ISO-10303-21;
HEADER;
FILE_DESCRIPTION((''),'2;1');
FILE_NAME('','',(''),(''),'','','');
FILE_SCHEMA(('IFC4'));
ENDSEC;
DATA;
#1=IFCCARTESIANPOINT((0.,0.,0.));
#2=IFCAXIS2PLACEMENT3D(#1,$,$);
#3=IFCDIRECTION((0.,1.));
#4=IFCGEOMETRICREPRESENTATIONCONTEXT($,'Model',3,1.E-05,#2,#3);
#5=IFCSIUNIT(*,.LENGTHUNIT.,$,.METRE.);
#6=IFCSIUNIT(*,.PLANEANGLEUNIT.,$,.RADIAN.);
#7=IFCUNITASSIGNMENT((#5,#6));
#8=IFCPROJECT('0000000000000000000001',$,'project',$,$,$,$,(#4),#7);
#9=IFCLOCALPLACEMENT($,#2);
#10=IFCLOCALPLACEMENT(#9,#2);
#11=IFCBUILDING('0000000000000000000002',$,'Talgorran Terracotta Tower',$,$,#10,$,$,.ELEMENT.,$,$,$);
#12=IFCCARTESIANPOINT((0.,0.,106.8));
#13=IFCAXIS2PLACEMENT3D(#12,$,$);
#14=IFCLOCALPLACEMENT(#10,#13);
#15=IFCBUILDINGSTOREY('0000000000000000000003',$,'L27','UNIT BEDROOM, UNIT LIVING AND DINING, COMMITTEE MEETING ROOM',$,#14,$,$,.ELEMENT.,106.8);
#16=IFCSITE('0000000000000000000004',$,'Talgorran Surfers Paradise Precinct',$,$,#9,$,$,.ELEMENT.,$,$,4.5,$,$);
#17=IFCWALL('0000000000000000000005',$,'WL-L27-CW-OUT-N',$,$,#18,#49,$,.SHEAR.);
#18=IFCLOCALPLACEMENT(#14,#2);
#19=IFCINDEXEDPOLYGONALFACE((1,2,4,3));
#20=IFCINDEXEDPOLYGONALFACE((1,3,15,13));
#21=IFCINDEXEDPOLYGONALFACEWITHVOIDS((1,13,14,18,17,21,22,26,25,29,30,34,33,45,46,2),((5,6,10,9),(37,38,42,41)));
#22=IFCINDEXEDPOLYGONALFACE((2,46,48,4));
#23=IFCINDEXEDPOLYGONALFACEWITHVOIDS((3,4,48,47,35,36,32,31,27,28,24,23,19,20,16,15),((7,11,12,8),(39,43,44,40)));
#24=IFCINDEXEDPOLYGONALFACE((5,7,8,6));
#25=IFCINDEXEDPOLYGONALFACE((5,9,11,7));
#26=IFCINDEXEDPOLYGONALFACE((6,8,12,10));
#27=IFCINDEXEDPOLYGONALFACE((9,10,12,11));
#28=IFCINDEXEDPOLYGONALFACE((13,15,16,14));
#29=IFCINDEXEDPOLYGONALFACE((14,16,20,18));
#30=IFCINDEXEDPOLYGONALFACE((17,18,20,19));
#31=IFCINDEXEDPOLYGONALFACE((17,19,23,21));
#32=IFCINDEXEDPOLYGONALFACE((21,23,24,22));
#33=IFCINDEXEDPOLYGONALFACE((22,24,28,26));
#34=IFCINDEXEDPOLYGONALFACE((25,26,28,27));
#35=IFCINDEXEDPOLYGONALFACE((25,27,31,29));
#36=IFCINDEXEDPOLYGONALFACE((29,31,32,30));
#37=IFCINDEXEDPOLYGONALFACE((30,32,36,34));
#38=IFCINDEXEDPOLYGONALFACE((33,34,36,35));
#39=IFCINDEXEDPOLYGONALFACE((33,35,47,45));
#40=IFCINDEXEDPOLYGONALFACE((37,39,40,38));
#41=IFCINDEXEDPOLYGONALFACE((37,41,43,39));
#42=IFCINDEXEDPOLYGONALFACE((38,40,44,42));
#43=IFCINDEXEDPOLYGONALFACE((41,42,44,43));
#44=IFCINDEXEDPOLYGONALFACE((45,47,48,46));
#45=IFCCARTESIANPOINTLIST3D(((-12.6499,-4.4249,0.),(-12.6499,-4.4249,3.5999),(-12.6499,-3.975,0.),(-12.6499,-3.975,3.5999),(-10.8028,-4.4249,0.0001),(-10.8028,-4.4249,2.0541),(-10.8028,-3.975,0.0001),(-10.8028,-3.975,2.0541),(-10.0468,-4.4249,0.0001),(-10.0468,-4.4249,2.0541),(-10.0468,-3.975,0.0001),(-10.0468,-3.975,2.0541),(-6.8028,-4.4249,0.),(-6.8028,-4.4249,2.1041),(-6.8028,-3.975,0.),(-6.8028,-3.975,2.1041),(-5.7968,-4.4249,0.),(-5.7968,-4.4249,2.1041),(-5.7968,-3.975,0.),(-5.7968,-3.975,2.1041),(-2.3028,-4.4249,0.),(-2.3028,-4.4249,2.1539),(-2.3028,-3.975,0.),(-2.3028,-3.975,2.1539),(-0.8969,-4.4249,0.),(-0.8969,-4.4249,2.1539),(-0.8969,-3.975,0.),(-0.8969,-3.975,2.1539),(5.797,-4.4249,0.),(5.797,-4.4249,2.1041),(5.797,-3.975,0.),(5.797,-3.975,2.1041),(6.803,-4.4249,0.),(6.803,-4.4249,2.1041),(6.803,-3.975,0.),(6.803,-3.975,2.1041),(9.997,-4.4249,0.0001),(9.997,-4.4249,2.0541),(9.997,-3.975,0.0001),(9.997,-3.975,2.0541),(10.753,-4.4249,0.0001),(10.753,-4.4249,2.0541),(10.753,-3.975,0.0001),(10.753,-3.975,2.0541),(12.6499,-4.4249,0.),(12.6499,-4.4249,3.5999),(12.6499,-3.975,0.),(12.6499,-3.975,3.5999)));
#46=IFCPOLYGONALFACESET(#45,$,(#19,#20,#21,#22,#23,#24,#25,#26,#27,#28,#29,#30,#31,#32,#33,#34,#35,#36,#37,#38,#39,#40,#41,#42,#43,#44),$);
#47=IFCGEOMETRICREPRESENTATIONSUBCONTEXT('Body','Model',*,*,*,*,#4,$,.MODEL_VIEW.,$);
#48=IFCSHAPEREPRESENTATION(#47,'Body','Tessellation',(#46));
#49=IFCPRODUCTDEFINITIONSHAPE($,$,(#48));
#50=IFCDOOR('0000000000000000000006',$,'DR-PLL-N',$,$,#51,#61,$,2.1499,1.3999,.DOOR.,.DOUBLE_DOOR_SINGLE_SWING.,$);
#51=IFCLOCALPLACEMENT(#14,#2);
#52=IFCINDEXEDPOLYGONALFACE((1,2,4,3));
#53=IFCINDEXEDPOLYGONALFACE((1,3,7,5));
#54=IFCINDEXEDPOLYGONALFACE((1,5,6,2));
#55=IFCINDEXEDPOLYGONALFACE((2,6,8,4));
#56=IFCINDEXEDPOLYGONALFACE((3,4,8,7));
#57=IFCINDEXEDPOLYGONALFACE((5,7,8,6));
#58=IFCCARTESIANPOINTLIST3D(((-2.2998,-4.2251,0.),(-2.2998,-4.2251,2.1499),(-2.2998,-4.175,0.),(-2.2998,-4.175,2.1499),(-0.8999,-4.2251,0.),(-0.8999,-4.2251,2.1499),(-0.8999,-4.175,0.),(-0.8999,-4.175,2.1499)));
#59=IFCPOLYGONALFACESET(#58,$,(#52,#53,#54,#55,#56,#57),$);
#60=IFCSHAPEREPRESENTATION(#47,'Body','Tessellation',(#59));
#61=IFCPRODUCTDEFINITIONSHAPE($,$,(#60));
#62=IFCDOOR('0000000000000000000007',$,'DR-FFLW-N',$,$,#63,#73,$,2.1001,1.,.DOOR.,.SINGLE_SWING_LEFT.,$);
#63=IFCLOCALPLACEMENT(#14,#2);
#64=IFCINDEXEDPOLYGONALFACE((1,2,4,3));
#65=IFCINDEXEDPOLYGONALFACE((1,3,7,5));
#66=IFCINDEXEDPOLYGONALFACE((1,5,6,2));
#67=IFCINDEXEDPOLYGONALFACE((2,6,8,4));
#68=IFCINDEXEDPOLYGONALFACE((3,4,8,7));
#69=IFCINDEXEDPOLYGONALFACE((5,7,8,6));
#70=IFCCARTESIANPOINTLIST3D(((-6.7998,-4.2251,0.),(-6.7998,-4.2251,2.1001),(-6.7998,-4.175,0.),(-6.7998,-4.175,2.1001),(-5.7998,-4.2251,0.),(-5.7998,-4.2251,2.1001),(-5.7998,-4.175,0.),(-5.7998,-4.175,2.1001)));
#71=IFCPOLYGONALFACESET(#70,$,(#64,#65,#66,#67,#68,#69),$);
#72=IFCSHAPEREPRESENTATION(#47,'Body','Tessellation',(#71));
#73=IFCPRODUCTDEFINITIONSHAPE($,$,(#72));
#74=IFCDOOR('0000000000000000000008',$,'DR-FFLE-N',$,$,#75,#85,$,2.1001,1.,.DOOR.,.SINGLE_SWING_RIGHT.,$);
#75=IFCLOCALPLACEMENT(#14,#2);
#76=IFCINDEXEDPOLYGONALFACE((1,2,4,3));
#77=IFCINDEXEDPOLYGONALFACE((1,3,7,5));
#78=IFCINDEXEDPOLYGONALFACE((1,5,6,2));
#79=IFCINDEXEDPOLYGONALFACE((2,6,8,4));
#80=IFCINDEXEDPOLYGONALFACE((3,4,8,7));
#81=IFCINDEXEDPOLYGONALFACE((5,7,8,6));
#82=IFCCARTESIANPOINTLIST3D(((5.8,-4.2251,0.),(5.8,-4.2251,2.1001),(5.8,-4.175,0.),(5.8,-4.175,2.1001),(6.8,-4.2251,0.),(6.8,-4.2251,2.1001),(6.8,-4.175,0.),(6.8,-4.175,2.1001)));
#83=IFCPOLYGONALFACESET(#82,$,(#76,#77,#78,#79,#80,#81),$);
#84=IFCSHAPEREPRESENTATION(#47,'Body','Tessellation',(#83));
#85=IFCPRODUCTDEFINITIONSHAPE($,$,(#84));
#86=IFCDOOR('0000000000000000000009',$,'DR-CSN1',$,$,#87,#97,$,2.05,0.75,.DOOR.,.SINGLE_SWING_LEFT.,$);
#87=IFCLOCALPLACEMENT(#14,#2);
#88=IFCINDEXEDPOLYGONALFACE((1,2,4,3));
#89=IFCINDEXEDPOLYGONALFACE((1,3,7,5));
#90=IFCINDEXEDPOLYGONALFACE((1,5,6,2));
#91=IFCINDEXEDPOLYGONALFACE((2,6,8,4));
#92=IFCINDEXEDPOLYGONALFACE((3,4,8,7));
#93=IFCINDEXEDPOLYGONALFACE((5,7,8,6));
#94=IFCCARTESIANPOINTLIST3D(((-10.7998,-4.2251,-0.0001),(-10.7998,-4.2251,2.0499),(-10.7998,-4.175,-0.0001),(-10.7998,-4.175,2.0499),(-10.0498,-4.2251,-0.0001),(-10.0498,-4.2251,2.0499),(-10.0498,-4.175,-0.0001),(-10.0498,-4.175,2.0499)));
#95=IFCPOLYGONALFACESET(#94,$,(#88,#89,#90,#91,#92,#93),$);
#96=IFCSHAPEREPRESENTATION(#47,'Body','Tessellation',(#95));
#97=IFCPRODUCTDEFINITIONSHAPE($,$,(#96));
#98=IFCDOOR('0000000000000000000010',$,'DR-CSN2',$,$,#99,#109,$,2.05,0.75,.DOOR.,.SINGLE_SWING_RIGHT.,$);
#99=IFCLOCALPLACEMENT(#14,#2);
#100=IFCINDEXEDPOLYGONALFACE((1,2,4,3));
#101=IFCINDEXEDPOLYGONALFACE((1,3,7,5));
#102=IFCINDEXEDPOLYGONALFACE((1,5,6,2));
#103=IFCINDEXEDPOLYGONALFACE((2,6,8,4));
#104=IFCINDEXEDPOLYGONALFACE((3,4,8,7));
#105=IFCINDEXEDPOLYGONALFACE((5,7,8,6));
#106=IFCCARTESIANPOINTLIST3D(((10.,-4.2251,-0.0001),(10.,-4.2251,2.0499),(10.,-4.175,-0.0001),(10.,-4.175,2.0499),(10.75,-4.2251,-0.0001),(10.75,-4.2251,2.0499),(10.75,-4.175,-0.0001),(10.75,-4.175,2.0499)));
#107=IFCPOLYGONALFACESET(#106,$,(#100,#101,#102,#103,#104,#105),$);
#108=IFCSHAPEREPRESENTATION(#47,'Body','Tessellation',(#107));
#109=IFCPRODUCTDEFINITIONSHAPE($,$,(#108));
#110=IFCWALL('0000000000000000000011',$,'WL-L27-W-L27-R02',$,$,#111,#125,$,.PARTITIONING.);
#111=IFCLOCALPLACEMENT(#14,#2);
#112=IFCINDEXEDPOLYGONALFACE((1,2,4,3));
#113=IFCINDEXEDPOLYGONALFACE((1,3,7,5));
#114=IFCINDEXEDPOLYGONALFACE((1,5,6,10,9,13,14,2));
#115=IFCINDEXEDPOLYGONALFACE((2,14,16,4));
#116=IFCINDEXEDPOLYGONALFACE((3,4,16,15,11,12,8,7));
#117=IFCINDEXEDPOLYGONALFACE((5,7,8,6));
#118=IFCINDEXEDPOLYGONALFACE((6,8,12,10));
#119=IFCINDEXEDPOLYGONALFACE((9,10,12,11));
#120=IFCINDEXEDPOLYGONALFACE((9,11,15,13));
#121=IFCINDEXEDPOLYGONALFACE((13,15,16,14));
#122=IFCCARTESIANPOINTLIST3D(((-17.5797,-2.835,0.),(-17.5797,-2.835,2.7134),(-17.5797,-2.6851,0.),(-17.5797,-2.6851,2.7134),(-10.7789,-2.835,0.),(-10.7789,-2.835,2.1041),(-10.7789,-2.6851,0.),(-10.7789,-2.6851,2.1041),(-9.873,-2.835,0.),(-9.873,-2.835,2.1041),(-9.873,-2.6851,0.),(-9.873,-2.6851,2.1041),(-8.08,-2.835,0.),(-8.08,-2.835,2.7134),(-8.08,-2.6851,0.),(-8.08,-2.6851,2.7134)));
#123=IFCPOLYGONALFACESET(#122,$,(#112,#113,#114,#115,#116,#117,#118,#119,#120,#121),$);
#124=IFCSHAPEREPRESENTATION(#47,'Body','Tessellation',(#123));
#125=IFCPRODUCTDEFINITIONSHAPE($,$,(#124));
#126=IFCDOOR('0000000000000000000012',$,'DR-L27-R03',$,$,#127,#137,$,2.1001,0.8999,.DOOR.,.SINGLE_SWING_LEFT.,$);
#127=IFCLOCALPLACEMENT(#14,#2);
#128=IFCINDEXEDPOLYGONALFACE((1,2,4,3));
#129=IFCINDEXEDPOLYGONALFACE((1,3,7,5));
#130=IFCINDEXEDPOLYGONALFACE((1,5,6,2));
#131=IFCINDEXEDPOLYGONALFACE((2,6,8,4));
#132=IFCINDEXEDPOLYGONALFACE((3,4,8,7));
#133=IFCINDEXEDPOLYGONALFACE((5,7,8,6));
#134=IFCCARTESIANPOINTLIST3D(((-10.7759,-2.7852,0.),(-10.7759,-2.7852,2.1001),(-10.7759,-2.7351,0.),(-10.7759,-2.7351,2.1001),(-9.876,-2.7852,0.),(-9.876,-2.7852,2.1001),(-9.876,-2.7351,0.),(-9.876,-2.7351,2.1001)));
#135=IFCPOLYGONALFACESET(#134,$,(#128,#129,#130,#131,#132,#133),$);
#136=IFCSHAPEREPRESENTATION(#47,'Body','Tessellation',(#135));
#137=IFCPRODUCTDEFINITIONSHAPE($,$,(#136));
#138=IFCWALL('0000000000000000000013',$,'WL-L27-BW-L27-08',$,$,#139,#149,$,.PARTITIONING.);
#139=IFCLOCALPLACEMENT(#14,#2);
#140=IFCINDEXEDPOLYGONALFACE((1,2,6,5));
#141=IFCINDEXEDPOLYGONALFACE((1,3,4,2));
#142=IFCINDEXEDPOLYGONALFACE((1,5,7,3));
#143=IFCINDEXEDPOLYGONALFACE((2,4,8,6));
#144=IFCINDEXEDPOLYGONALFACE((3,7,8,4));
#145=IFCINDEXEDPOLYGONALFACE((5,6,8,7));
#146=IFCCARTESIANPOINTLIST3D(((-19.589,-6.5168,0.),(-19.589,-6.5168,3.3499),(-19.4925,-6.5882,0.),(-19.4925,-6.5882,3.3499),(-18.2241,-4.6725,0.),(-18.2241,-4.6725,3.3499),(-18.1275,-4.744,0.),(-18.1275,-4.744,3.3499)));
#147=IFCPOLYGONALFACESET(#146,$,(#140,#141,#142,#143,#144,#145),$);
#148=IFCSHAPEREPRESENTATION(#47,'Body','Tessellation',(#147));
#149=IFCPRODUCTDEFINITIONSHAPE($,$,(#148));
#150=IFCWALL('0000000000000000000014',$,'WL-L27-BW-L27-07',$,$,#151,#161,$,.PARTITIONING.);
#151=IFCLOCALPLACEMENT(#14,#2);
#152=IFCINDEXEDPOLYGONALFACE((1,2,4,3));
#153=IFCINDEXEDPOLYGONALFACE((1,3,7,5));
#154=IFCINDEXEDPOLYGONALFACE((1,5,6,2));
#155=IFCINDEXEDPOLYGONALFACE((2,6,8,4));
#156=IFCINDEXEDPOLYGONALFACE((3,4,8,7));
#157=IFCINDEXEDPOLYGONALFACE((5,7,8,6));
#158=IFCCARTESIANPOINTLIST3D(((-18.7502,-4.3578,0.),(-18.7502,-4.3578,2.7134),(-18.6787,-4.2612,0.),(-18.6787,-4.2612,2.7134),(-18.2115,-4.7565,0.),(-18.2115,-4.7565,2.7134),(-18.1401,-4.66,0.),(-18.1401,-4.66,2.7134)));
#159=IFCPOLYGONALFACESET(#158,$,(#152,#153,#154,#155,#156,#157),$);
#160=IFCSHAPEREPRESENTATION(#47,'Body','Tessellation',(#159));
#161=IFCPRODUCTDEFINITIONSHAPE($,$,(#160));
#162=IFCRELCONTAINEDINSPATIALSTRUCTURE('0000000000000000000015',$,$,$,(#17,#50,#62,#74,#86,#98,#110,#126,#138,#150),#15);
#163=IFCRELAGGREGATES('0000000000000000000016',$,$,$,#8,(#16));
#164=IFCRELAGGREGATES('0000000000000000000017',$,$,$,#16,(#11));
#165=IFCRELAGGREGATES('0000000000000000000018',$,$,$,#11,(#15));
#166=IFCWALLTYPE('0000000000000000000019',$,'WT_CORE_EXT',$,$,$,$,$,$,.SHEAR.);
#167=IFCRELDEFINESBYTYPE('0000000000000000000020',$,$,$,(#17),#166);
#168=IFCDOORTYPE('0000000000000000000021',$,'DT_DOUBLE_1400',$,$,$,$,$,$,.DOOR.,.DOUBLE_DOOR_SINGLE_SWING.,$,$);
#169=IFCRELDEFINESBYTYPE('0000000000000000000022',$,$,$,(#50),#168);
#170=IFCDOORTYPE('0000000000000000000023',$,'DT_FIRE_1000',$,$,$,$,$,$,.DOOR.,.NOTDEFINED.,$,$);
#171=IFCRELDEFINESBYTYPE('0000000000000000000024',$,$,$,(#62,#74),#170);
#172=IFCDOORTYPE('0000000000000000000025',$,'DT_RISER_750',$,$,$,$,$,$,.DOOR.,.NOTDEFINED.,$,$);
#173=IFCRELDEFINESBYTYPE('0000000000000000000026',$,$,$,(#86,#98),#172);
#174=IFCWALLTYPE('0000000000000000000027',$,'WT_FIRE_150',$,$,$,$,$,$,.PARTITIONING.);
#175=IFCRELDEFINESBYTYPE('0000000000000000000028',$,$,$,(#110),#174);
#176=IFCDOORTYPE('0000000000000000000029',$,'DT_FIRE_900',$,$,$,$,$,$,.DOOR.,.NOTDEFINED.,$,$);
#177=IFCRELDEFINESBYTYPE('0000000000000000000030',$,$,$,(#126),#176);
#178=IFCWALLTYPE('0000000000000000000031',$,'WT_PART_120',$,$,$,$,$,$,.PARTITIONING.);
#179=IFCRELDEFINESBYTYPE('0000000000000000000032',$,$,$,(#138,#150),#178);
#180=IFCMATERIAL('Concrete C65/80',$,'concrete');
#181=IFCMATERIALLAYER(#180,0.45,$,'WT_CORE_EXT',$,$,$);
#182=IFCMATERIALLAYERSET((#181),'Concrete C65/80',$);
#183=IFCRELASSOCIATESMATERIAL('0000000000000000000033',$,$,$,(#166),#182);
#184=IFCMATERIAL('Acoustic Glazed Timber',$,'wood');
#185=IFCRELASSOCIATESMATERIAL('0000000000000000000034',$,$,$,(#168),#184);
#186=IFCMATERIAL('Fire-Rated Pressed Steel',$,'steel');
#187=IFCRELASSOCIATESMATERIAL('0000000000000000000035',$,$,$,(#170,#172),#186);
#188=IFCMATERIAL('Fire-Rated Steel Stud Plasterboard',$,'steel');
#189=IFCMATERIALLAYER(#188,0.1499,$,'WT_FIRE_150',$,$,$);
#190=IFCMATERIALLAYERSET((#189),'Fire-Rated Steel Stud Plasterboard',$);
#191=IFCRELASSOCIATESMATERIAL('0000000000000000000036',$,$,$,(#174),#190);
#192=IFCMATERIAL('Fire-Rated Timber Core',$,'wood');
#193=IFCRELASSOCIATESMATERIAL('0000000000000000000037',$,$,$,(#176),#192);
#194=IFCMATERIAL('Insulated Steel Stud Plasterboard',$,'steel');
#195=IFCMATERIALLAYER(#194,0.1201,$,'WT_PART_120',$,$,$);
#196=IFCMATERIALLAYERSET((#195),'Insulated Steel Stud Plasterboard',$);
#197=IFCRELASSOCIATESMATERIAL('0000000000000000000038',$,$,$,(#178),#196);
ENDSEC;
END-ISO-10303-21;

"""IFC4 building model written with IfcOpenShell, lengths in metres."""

from ifc_helpers import new_model, si_unit, direction, frame, frame_2d, origin, place, context, subcontext, project, spatial, rectangle, extrude, material, layer, layer_set, type_object, element, fill, save


model = new_model("IFC4")

# Units and contexts
model_context = context("Model", 3, precision=1e-05, world=origin(), true_north=direction((0.0, 1.0)))
body_context = subcontext(model_context, "Body", "Model", "MODEL_VIEW")
ifc_project = project(units=[si_unit("LENGTHUNIT", "METRE"), si_unit("PLANEANGLEUNIT", "RADIAN")], contexts=[model_context])

# Site, building, storey
site_placement = place(None, origin())
site = spatial("IfcSite", under=ifc_project, at=site_placement, Name="Talgorran Surfers Paradise Precinct", CompositionType="ELEMENT", RefElevation=4.5)
building_placement = place(site_placement, origin())
building = spatial("IfcBuilding", under=site, at=building_placement, Name="Talgorran Terracotta Tower", CompositionType="ELEMENT")
storey_placement = place(building_placement, frame((0.0, 0.0, 106.8)))
storey = spatial("IfcBuildingStorey", under=building, at=storey_placement, Name="L27", Description="UNIT BEDROOM, UNIT LIVING AND DINING, COMMITTEE MEETING ROOM", CompositionType="ELEMENT", Elevation=106.8)

# Wall, openings, doors
ifc_material_1 = material(Name="Concrete C65/80", Category="concrete")
ifc_layer_1 = layer(ifc_material_1, 0.45, Name="WT_CORE_EXT")
ifc_layer_set_1 = layer_set([ifc_layer_1], Name="Concrete C65/80")
wall_type_1 = type_object("IfcWallType", Name="WT_CORE_EXT", PredefinedType="SHEAR", material=ifc_layer_set_1)
wall_1_placement = place(storey_placement, frame((-12.6499, -4.2, 0.0), z_axis=(0.0, 0.0, 1.0), x_axis=(1.0, 0.0, 0.0)))
wall_1 = element("IfcWall", 1, at=wall_1_placement, inside=storey, type_object=wall_type_1, Name="WL-L27-CW-OUT-N", PredefinedType="SHEAR", context=body_context, shape_type="SweptSolid", body=[
    extrude(rectangle(XDim=25.2998, YDim=0.45, at=frame_2d((12.6499, 0.0))), origin(), (0.0, 0.0, 1.0), 3.5999),
])
opening_1_placement = place(wall_1_placement, frame((1.8501, 0.0, 0.0)))
opening_1 = element("IfcOpeningElement", 2, at=opening_1_placement, cuts=wall_1, PredefinedType="OPENING", context=body_context, shape_type="SweptSolid", body=[
    extrude(rectangle(XDim=0.756, YDim=2.054, at=frame_2d((0.375, 1.0271))), frame((0.0, 0.2349, 0.0), z_axis=(0.0, -1.0, 0.0), x_axis=(1.0, 0.0, 0.0)), (0.0, 0.0, 1.0), 0.47),
])
opening_2_placement = place(wall_1_placement, frame((22.6499, 0.0, 0.0)))
opening_2 = element("IfcOpeningElement", 3, at=opening_2_placement, cuts=wall_1, PredefinedType="OPENING", context=body_context, shape_type="SweptSolid", body=[
    extrude(rectangle(XDim=0.756, YDim=2.054, at=frame_2d((0.375, 1.0271))), frame((0.0, 0.2349, 0.0), z_axis=(0.0, -1.0, 0.0), x_axis=(1.0, 0.0, 0.0)), (0.0, 0.0, 1.0), 0.47),
])
opening_3_placement = place(wall_1_placement, frame((5.8501, 0.0, 0.0)))
opening_3 = element("IfcOpeningElement", 4, at=opening_3_placement, cuts=wall_1, PredefinedType="OPENING", context=body_context, shape_type="SweptSolid", body=[
    extrude(rectangle(XDim=1.006, YDim=2.1041, at=frame_2d((0.5, 1.052))), frame((0.0, 0.2349, 0.0), z_axis=(0.0, -1.0, 0.0), x_axis=(1.0, 0.0, 0.0)), (0.0, 0.0, 1.0), 0.47),
])
opening_4_placement = place(wall_1_placement, frame((10.3501, 0.0, 0.0)))
opening_4 = element("IfcOpeningElement", 5, at=opening_4_placement, cuts=wall_1, PredefinedType="OPENING", context=body_context, shape_type="SweptSolid", body=[
    extrude(rectangle(XDim=1.4059, YDim=2.1539, at=frame_2d((0.7, 1.0769))), frame((0.0, 0.2349, 0.0), z_axis=(0.0, -1.0, 0.0), x_axis=(1.0, 0.0, 0.0)), (0.0, 0.0, 1.0), 0.47),
])
opening_5_placement = place(wall_1_placement, frame((18.45, 0.0, 0.0)))
opening_5 = element("IfcOpeningElement", 6, at=opening_5_placement, cuts=wall_1, PredefinedType="OPENING", context=body_context, shape_type="SweptSolid", body=[
    extrude(rectangle(XDim=1.006, YDim=2.1041, at=frame_2d((0.5, 1.052))), frame((0.0, 0.2349, 0.0), z_axis=(0.0, -1.0, 0.0), x_axis=(1.0, 0.0, 0.0)), (0.0, 0.0, 1.0), 0.47),
])
ifc_material_2 = material(Name="Acoustic Glazed Timber", Category="wood")
door_type_1 = type_object("IfcDoorType", Name="DT_DOUBLE_1400", OperationType="DOUBLE_DOOR_SINGLE_SWING", PredefinedType="DOOR", material=ifc_material_2)
door_1_placement = place(opening_4_placement, origin())
door_1 = element("IfcDoor", 7, at=door_1_placement, inside=storey, type_object=door_type_1, Name="DR-PLL-N", OperationType="DOUBLE_DOOR_SINGLE_SWING", OverallHeight=2.1499, OverallWidth=1.3999, PredefinedType="DOOR", context=body_context, shape_type="SweptSolid", body=[
    extrude(rectangle(XDim=1.3999, YDim=2.1499, at=frame_2d((0.7, 1.075))), frame((0.0, 0.0249, 0.0), z_axis=(0.0, -1.0, 0.0), x_axis=(1.0, 0.0, 0.0)), (0.0, 0.0, 1.0), 0.05),
])
fill(opening_4, door_1)
ifc_material_3 = material(Name="Fire-Rated Pressed Steel", Category="steel")
door_type_2 = type_object("IfcDoorType", Name="DT_FIRE_1000", OperationType="NOTDEFINED", PredefinedType="DOOR", material=ifc_material_3)
door_2_placement = place(opening_3_placement, origin())
door_2 = element("IfcDoor", 8, at=door_2_placement, inside=storey, type_object=door_type_2, Name="DR-FFLW-N", OperationType="SINGLE_SWING_LEFT", OverallHeight=2.1001, OverallWidth=1.0, PredefinedType="DOOR", context=body_context, shape_type="SweptSolid", body=[
    extrude(rectangle(XDim=1.0, YDim=2.1001, at=frame_2d((0.5, 1.05))), frame((0.0, 0.0249, 0.0), z_axis=(0.0, -1.0, 0.0), x_axis=(1.0, 0.0, 0.0)), (0.0, 0.0, 1.0), 0.05),
])
fill(opening_3, door_2)
door_3_placement = place(opening_5_placement, origin())
door_3 = element("IfcDoor", 9, at=door_3_placement, inside=storey, type_object=door_type_2, Name="DR-FFLE-N", OperationType="SINGLE_SWING_RIGHT", OverallHeight=2.1001, OverallWidth=1.0, PredefinedType="DOOR", context=body_context, shape_type="SweptSolid", body=[
    extrude(rectangle(XDim=1.0, YDim=2.1001, at=frame_2d((0.5, 1.05))), frame((0.0, 0.0249, 0.0), z_axis=(0.0, -1.0, 0.0), x_axis=(1.0, 0.0, 0.0)), (0.0, 0.0, 1.0), 0.05),
])
fill(opening_5, door_3)
door_type_3 = type_object("IfcDoorType", Name="DT_RISER_750", OperationType="NOTDEFINED", PredefinedType="DOOR", material=ifc_material_3)
door_4_placement = place(opening_1_placement, origin())
door_4 = element("IfcDoor", 10, at=door_4_placement, inside=storey, type_object=door_type_3, Name="DR-CSN1", OperationType="SINGLE_SWING_LEFT", OverallHeight=2.05, OverallWidth=0.75, PredefinedType="DOOR", context=body_context, shape_type="SweptSolid", body=[
    extrude(rectangle(XDim=0.75, YDim=2.05, at=frame_2d((0.375, 1.0249))), frame((0.0, 0.0249, 0.0), z_axis=(0.0, -1.0, 0.0), x_axis=(1.0, 0.0, 0.0)), (0.0, 0.0, 1.0), 0.05),
])
fill(opening_1, door_4)
door_5_placement = place(opening_2_placement, origin())
door_5 = element("IfcDoor", 11, at=door_5_placement, inside=storey, type_object=door_type_3, Name="DR-CSN2", OperationType="SINGLE_SWING_RIGHT", OverallHeight=2.05, OverallWidth=0.75, PredefinedType="DOOR", context=body_context, shape_type="SweptSolid", body=[
    extrude(rectangle(XDim=0.75, YDim=2.05, at=frame_2d((0.375, 1.0249))), frame((0.0, 0.0249, 0.0), z_axis=(0.0, -1.0, 0.0), x_axis=(1.0, 0.0, 0.0)), (0.0, 0.0, 1.0), 0.05),
])
fill(opening_2, door_5)

# Wall, opening, door
ifc_material_4 = material(Name="Fire-Rated Steel Stud Plasterboard", Category="steel")
ifc_layer_2 = layer(ifc_material_4, 0.1499, Name="WT_FIRE_150")
ifc_layer_set_2 = layer_set([ifc_layer_2], Name="Fire-Rated Steel Stud Plasterboard")
wall_type_2 = type_object("IfcWallType", Name="WT_FIRE_150", PredefinedType="PARTITIONING", material=ifc_layer_set_2)
wall_2_placement = place(storey_placement, frame((-17.5798, -2.76, 0.0), z_axis=(0.0, 0.0, 1.0), x_axis=(1.0, 0.0, 0.0)))
wall_2 = element("IfcWall", 12, at=wall_2_placement, inside=storey, type_object=wall_type_2, Name="WL-L27-W-L27-R02", PredefinedType="PARTITIONING", context=body_context, shape_type="SweptSolid", body=[
    extrude(rectangle(XDim=9.4998, YDim=0.1499, at=frame_2d((4.75, 0.0))), origin(), (0.0, 0.0, 1.0), 2.7134),
])
opening_6_placement = place(wall_2_placement, frame((6.804, 0.0, 0.0)))
opening_6 = element("IfcOpeningElement", 13, at=opening_6_placement, cuts=wall_2, PredefinedType="OPENING", context=body_context, shape_type="SweptSolid", body=[
    extrude(rectangle(XDim=0.9059, YDim=2.1041, at=frame_2d((0.45, 1.052))), frame((0.0, 0.085, 0.0), z_axis=(0.0, -1.0, 0.0), x_axis=(1.0, 0.0, 0.0)), (0.0, 0.0, 1.0), 0.1699),
])
ifc_material_5 = material(Name="Fire-Rated Timber Core", Category="wood")
door_type_4 = type_object("IfcDoorType", Name="DT_FIRE_900", OperationType="NOTDEFINED", PredefinedType="DOOR", material=ifc_material_5)
door_6_placement = place(opening_6_placement, origin())
door_6 = element("IfcDoor", 14, at=door_6_placement, inside=storey, type_object=door_type_4, Name="DR-L27-R03", OperationType="SINGLE_SWING_LEFT", OverallHeight=2.1001, OverallWidth=0.8999, PredefinedType="DOOR", context=body_context, shape_type="SweptSolid", body=[
    extrude(rectangle(XDim=0.8999, YDim=2.1001, at=frame_2d((0.45, 1.05))), frame((0.0, 0.0249, 0.0), z_axis=(0.0, -1.0, 0.0), x_axis=(1.0, 0.0, 0.0)), (0.0, 0.0, 1.0), 0.05),
])
fill(opening_6, door_6)

# Walls
ifc_material_6 = material(Name="Insulated Steel Stud Plasterboard", Category="steel")
ifc_layer_3 = layer(ifc_material_6, 0.1201, Name="WT_PART_120")
ifc_layer_set_3 = layer_set([ifc_layer_3], Name="Insulated Steel Stud Plasterboard")
wall_type_3 = type_object("IfcWallType", Name="WT_PART_120", PredefinedType="PARTITIONING", material=ifc_layer_set_3)
wall_3_placement = place(storey_placement, frame((-18.1758, -4.7083, 0.0), z_axis=(0.0, 0.0, 1.0), x_axis=(-0.594915, -0.803789, 0.0)))
element("IfcWall", 15, at=wall_3_placement, inside=storey, type_object=wall_type_3, Name="WL-L27-BW-L27-08", PredefinedType="PARTITIONING", context=body_context, shape_type="SweptSolid", body=[
    extrude(rectangle(XDim=2.2944, YDim=0.1201, at=frame_2d((1.1472, 0.0))), origin(), (0.0, 0.0, 1.0), 3.3499),
])
wall_4_placement = place(storey_placement, frame((-18.7144, -4.3096, 0.0), z_axis=(0.0, 0.0, 1.0), x_axis=(0.803744, -0.594975, 0.0)))
element("IfcWall", 16, at=wall_4_placement, inside=storey, type_object=wall_type_3, Name="WL-L27-BW-L27-07", PredefinedType="PARTITIONING", context=body_context, shape_type="SweptSolid", body=[
    extrude(rectangle(XDim=0.6702, YDim=0.1201, at=frame_2d((0.335, 0.0))), origin(), (0.0, 0.0, 1.0), 2.7134),
])

save(model, "model.ifc")
